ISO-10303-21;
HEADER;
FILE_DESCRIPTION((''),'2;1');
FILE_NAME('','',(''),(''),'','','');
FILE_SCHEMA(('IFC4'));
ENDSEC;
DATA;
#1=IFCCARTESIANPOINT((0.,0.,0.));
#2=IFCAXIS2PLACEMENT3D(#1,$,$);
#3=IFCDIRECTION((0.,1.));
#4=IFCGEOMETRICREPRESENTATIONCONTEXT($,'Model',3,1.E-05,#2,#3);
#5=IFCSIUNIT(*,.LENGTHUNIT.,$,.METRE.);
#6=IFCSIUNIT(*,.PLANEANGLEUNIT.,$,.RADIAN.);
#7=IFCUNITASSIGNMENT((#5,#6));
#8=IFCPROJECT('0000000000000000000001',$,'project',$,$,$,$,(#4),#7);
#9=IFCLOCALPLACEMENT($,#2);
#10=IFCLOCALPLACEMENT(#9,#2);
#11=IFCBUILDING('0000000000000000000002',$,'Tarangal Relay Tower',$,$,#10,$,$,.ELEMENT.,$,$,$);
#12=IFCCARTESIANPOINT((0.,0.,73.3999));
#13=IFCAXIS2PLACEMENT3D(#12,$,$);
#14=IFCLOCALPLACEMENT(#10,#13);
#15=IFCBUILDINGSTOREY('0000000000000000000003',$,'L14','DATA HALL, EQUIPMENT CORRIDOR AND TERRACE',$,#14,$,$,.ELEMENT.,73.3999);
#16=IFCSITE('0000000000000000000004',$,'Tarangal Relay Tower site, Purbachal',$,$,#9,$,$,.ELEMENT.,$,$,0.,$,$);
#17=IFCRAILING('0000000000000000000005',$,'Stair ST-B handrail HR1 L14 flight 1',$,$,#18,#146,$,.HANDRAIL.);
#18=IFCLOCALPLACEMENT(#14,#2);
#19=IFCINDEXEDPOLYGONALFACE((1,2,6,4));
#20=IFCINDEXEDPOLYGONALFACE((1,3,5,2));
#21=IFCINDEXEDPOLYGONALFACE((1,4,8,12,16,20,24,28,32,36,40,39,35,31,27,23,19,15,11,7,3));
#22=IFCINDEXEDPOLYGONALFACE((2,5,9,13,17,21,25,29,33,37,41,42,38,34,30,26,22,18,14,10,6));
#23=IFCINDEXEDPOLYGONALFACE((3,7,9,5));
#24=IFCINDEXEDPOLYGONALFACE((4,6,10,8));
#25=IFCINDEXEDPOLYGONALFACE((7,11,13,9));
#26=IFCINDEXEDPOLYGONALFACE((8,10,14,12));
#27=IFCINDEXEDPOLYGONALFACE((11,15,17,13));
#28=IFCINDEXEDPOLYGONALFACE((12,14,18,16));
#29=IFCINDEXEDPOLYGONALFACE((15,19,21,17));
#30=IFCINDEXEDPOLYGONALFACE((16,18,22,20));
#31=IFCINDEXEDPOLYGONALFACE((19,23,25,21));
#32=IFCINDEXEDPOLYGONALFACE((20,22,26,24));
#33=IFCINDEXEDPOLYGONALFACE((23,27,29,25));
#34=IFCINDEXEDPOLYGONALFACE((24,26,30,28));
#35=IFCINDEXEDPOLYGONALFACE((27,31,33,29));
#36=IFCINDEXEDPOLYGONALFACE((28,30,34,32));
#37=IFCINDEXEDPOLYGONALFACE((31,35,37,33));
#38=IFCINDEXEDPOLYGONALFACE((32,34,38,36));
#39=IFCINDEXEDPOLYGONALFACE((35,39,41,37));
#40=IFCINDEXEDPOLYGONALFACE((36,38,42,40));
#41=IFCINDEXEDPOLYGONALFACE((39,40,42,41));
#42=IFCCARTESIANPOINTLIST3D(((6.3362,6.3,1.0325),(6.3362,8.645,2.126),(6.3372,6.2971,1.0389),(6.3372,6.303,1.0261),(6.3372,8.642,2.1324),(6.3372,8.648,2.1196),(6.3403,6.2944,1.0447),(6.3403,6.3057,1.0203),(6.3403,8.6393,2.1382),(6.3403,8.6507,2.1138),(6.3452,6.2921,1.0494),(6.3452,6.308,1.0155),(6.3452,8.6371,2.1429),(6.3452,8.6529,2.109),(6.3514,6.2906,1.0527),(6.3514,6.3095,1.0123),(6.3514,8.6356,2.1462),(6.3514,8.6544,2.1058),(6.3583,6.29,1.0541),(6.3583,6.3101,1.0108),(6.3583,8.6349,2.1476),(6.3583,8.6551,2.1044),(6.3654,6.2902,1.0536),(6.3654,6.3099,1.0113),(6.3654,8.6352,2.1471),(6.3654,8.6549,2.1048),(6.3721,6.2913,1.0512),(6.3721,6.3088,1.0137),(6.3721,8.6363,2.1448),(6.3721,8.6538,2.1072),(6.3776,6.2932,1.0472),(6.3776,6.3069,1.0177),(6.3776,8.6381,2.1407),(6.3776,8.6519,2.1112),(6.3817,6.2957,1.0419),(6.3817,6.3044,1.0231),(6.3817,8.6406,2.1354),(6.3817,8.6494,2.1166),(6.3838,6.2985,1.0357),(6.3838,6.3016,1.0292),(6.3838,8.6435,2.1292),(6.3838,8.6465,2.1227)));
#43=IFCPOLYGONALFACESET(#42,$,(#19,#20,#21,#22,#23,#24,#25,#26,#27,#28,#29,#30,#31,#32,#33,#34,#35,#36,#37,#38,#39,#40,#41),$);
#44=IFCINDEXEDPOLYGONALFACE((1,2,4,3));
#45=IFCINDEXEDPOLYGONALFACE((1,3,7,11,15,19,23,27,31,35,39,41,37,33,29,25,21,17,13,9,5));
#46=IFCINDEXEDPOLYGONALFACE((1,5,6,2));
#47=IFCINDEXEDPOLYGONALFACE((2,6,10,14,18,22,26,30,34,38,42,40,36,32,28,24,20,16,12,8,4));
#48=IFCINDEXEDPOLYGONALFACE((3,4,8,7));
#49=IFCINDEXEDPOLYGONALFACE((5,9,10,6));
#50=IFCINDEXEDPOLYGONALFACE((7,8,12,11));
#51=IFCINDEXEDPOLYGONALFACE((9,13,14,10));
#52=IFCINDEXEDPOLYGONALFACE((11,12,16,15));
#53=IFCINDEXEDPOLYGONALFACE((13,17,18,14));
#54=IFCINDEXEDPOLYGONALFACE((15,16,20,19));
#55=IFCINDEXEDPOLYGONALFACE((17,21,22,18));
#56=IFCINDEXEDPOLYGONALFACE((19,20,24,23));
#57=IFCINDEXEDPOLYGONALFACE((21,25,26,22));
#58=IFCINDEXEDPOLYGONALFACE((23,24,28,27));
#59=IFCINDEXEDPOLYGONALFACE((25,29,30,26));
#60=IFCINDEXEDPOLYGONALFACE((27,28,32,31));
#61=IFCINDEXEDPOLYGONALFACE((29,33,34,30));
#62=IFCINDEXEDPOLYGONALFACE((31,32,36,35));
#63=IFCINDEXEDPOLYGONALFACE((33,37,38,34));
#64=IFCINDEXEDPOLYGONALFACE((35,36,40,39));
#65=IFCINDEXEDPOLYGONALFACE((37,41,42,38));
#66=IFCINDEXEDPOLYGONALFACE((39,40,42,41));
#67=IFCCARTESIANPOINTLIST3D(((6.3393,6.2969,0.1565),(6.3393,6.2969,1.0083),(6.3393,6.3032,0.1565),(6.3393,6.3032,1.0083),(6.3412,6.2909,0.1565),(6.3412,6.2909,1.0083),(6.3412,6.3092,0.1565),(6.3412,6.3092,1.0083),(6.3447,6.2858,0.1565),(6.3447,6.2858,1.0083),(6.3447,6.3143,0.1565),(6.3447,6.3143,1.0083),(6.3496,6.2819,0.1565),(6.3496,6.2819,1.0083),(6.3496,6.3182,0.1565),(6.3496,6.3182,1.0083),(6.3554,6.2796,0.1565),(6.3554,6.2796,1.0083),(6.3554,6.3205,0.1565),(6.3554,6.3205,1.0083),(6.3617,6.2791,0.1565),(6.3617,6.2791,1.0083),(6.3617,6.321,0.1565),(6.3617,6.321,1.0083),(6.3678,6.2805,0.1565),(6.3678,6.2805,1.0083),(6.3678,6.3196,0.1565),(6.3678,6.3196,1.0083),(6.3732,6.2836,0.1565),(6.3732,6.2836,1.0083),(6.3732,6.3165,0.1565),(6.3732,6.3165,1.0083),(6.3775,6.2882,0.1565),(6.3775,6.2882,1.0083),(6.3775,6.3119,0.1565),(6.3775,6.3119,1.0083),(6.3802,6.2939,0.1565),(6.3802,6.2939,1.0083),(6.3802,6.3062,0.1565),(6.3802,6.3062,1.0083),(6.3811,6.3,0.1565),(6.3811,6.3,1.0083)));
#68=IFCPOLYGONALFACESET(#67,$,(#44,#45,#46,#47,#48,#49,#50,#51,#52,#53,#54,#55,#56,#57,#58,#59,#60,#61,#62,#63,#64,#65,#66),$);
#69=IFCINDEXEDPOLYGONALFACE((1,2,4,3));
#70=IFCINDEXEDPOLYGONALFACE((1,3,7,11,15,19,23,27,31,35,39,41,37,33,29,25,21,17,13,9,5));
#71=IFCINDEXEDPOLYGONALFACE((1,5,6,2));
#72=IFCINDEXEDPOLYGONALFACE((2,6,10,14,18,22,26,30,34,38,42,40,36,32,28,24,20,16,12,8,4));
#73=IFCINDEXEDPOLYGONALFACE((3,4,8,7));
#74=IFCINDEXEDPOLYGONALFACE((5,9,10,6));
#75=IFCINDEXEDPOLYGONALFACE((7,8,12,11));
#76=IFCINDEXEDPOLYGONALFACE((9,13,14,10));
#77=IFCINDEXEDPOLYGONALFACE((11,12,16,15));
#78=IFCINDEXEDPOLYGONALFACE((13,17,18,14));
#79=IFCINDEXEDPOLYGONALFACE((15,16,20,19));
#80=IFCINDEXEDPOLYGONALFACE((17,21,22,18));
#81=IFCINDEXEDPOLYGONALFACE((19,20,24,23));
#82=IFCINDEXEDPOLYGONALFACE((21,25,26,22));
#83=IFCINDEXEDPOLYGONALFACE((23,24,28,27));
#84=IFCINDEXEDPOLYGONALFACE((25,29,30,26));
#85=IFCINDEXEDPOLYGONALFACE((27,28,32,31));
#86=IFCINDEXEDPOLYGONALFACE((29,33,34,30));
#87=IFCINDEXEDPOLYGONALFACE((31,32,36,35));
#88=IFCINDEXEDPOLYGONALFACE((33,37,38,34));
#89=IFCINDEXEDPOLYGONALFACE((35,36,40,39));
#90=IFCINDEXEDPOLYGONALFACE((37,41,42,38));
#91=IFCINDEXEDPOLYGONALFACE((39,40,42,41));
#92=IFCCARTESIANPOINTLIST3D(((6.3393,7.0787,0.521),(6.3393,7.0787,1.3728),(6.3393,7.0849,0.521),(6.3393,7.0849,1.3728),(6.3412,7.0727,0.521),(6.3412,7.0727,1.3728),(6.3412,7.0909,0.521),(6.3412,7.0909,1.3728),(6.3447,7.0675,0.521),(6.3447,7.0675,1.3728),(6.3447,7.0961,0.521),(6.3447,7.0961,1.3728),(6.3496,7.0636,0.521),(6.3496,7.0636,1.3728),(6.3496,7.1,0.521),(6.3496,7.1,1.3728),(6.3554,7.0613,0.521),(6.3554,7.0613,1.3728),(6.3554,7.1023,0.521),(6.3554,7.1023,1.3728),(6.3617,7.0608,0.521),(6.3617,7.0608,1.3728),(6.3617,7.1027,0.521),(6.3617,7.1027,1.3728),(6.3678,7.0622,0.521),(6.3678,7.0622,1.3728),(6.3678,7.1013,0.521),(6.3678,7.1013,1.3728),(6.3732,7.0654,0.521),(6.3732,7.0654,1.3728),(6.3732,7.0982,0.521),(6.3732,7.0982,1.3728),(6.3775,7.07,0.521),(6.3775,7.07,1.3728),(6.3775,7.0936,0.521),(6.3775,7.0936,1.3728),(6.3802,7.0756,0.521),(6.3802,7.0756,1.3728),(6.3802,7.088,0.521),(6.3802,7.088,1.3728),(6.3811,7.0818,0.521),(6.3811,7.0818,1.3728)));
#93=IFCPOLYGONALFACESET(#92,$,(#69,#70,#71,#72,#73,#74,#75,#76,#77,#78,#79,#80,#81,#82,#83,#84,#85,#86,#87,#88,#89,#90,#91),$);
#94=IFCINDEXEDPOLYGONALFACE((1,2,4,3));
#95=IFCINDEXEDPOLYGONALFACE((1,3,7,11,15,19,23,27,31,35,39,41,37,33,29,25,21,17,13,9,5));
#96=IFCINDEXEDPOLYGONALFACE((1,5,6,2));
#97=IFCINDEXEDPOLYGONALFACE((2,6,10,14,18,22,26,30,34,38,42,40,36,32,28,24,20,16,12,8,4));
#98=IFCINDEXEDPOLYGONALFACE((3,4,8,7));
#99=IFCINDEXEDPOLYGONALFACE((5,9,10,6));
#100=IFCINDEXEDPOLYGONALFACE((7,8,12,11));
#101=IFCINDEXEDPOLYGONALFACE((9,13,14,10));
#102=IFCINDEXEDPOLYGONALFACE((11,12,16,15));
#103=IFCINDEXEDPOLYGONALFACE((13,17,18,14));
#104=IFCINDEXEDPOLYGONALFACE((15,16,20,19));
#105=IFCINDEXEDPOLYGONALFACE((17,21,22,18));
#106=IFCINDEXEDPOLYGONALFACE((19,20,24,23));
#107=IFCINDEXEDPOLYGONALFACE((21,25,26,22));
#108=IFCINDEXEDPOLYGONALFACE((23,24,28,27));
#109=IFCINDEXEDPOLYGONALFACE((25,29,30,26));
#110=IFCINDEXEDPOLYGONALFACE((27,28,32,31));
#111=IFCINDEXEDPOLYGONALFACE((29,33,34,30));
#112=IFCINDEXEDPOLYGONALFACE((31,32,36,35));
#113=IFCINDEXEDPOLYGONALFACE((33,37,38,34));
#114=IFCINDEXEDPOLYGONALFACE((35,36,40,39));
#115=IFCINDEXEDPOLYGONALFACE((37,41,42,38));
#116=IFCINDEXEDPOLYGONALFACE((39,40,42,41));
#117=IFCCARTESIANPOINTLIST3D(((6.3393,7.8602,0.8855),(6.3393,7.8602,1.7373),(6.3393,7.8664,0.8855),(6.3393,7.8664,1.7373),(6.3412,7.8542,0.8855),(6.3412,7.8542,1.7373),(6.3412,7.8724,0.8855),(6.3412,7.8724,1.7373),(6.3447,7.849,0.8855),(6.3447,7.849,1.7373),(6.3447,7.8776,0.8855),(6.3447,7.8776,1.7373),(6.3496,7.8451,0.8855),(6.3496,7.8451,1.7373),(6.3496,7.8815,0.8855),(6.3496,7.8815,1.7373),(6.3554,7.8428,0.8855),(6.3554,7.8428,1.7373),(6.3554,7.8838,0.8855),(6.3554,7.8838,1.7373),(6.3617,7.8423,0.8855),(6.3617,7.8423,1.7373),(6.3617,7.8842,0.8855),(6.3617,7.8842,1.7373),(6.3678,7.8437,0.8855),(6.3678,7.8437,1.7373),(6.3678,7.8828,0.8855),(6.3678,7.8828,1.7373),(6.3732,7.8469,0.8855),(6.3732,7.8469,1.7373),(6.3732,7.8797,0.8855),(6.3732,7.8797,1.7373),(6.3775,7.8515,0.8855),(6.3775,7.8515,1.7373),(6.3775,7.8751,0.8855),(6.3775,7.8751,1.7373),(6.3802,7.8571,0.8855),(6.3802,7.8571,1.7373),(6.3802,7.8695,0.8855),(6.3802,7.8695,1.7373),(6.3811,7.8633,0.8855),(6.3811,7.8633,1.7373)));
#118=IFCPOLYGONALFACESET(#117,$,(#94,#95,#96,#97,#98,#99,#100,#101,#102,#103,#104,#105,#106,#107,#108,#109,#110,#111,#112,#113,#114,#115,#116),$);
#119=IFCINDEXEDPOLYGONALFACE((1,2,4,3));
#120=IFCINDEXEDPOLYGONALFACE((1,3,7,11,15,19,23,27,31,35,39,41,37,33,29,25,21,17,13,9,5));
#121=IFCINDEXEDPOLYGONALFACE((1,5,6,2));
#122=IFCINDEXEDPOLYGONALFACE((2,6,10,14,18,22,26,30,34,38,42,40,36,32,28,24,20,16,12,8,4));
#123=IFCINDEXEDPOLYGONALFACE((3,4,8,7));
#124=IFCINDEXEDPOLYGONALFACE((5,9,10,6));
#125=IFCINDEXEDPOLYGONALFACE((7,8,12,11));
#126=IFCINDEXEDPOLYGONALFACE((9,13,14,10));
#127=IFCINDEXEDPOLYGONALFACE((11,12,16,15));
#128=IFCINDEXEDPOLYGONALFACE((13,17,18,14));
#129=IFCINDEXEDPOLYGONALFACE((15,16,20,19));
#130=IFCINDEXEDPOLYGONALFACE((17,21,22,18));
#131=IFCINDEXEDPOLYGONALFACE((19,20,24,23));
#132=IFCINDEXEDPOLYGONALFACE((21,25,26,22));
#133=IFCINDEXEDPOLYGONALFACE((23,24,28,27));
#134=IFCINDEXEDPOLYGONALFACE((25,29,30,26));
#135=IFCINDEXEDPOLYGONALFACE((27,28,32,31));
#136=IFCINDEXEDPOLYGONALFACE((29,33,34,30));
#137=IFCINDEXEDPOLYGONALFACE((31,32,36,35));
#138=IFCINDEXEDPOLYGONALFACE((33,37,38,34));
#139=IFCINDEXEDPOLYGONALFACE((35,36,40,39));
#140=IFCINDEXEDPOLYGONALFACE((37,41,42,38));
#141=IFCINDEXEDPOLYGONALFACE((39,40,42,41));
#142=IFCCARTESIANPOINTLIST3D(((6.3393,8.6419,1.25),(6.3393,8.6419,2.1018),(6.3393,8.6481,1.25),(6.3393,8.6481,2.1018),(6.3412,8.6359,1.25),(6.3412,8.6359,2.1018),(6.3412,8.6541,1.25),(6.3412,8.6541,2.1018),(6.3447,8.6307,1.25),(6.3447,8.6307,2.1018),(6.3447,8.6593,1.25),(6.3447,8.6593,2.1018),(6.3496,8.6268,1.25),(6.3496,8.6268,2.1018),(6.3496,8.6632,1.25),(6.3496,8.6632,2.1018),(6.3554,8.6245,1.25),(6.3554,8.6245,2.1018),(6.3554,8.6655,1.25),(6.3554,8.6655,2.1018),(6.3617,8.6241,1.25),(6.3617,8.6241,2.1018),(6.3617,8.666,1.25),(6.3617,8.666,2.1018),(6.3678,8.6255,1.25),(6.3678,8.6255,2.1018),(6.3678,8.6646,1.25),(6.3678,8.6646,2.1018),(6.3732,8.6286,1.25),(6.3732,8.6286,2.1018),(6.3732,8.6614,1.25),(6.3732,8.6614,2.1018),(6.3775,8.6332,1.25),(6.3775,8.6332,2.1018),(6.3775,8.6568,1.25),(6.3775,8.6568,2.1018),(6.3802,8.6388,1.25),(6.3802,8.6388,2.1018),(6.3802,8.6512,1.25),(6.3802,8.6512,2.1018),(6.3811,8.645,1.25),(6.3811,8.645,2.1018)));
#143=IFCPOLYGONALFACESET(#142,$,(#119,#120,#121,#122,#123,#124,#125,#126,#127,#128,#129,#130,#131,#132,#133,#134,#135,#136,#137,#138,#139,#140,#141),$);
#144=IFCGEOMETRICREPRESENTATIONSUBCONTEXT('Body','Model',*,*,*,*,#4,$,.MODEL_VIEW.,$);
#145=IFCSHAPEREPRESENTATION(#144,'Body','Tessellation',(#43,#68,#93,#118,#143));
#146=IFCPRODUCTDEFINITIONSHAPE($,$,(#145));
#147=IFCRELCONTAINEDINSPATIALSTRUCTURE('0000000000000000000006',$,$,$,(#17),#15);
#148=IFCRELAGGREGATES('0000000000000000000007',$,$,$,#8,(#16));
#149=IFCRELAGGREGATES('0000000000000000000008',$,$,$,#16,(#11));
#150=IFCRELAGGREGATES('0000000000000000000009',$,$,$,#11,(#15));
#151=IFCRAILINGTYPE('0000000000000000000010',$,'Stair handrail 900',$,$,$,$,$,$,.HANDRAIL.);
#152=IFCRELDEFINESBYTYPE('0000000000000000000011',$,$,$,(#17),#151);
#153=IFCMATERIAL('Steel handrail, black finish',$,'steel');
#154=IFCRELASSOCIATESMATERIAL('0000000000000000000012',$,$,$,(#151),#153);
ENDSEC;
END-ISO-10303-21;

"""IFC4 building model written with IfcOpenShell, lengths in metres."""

from ifc_helpers import new_model, si_unit, direction, frame, origin, origin_2d, place, context, subcontext, project, spatial, circle, extrude, material, type_object, element, save


model = new_model("IFC4")

# Units and contexts
model_context = context("Model", 3, precision=1e-05, world=origin(), true_north=direction((0.0, 1.0)))
body_context = subcontext(model_context, "Body", "Model", "MODEL_VIEW")
ifc_project = project(units=[si_unit("LENGTHUNIT", "METRE"), si_unit("PLANEANGLEUNIT", "RADIAN")], contexts=[model_context])

# Site, building, storey
site_placement = place(None, origin())
site = spatial("IfcSite", under=ifc_project, at=site_placement, Name="Tarangal Relay Tower site, Purbachal", CompositionType="ELEMENT", RefElevation=0.0)
building_placement = place(site_placement, origin())
building = spatial("IfcBuilding", under=site, at=building_placement, Name="Tarangal Relay Tower", CompositionType="ELEMENT")
storey_placement = place(building_placement, frame((0.0, 0.0, 73.3999)))
storey = spatial("IfcBuildingStorey", under=building, at=storey_placement, Name="L14", Description="DATA HALL, EQUIPMENT CORRIDOR AND TERRACE", CompositionType="ELEMENT", Elevation=73.3999)

# Railing
ifc_material_1 = material(Name="Steel handrail, black finish", Category="steel")
railing_type_1 = type_object("IfcRailingType", Name="Stair handrail 900", PredefinedType="HANDRAIL", material=ifc_material_1)
for number, where, name in (
    (1, (6.3601, 6.3, 0.1565), "Stair ST-B handrail HR1 L14 flight 1"),
):
    element("IfcRailing", number, at=place(storey_placement, frame(where)), inside=storey, type_object=railing_type_1, Name=name, PredefinedType="HANDRAIL", context=body_context, shape_type="SweptSolid", body=[
        extrude(circle(Radius=0.0239, at=origin_2d()), frame((0.0, 0.0, 0.876), z_axis=(0.0, 0.906304, 0.422627), x_axis=(-1.0, 0.0, 0.0)), (0.0, 0.0, 1.0), 2.5874),
        extrude(circle(Radius=0.021, at=origin_2d()), origin(), (0.0, 0.0, 1.0), 0.8518),
        extrude(circle(Radius=0.021, at=origin_2d()), frame((0.0, 0.7817, 0.3645)), (0.0, 0.0, 1.0), 0.8518),
        extrude(circle(Radius=0.021, at=origin_2d()), frame((0.0, 1.5632, 0.729)), (0.0, 0.0, 1.0), 0.8518),
        extrude(circle(Radius=0.021, at=origin_2d()), frame((0.0, 2.345, 1.0935)), (0.0, 0.0, 1.0), 0.8518),
    ])

save(model, "model.ifc")
